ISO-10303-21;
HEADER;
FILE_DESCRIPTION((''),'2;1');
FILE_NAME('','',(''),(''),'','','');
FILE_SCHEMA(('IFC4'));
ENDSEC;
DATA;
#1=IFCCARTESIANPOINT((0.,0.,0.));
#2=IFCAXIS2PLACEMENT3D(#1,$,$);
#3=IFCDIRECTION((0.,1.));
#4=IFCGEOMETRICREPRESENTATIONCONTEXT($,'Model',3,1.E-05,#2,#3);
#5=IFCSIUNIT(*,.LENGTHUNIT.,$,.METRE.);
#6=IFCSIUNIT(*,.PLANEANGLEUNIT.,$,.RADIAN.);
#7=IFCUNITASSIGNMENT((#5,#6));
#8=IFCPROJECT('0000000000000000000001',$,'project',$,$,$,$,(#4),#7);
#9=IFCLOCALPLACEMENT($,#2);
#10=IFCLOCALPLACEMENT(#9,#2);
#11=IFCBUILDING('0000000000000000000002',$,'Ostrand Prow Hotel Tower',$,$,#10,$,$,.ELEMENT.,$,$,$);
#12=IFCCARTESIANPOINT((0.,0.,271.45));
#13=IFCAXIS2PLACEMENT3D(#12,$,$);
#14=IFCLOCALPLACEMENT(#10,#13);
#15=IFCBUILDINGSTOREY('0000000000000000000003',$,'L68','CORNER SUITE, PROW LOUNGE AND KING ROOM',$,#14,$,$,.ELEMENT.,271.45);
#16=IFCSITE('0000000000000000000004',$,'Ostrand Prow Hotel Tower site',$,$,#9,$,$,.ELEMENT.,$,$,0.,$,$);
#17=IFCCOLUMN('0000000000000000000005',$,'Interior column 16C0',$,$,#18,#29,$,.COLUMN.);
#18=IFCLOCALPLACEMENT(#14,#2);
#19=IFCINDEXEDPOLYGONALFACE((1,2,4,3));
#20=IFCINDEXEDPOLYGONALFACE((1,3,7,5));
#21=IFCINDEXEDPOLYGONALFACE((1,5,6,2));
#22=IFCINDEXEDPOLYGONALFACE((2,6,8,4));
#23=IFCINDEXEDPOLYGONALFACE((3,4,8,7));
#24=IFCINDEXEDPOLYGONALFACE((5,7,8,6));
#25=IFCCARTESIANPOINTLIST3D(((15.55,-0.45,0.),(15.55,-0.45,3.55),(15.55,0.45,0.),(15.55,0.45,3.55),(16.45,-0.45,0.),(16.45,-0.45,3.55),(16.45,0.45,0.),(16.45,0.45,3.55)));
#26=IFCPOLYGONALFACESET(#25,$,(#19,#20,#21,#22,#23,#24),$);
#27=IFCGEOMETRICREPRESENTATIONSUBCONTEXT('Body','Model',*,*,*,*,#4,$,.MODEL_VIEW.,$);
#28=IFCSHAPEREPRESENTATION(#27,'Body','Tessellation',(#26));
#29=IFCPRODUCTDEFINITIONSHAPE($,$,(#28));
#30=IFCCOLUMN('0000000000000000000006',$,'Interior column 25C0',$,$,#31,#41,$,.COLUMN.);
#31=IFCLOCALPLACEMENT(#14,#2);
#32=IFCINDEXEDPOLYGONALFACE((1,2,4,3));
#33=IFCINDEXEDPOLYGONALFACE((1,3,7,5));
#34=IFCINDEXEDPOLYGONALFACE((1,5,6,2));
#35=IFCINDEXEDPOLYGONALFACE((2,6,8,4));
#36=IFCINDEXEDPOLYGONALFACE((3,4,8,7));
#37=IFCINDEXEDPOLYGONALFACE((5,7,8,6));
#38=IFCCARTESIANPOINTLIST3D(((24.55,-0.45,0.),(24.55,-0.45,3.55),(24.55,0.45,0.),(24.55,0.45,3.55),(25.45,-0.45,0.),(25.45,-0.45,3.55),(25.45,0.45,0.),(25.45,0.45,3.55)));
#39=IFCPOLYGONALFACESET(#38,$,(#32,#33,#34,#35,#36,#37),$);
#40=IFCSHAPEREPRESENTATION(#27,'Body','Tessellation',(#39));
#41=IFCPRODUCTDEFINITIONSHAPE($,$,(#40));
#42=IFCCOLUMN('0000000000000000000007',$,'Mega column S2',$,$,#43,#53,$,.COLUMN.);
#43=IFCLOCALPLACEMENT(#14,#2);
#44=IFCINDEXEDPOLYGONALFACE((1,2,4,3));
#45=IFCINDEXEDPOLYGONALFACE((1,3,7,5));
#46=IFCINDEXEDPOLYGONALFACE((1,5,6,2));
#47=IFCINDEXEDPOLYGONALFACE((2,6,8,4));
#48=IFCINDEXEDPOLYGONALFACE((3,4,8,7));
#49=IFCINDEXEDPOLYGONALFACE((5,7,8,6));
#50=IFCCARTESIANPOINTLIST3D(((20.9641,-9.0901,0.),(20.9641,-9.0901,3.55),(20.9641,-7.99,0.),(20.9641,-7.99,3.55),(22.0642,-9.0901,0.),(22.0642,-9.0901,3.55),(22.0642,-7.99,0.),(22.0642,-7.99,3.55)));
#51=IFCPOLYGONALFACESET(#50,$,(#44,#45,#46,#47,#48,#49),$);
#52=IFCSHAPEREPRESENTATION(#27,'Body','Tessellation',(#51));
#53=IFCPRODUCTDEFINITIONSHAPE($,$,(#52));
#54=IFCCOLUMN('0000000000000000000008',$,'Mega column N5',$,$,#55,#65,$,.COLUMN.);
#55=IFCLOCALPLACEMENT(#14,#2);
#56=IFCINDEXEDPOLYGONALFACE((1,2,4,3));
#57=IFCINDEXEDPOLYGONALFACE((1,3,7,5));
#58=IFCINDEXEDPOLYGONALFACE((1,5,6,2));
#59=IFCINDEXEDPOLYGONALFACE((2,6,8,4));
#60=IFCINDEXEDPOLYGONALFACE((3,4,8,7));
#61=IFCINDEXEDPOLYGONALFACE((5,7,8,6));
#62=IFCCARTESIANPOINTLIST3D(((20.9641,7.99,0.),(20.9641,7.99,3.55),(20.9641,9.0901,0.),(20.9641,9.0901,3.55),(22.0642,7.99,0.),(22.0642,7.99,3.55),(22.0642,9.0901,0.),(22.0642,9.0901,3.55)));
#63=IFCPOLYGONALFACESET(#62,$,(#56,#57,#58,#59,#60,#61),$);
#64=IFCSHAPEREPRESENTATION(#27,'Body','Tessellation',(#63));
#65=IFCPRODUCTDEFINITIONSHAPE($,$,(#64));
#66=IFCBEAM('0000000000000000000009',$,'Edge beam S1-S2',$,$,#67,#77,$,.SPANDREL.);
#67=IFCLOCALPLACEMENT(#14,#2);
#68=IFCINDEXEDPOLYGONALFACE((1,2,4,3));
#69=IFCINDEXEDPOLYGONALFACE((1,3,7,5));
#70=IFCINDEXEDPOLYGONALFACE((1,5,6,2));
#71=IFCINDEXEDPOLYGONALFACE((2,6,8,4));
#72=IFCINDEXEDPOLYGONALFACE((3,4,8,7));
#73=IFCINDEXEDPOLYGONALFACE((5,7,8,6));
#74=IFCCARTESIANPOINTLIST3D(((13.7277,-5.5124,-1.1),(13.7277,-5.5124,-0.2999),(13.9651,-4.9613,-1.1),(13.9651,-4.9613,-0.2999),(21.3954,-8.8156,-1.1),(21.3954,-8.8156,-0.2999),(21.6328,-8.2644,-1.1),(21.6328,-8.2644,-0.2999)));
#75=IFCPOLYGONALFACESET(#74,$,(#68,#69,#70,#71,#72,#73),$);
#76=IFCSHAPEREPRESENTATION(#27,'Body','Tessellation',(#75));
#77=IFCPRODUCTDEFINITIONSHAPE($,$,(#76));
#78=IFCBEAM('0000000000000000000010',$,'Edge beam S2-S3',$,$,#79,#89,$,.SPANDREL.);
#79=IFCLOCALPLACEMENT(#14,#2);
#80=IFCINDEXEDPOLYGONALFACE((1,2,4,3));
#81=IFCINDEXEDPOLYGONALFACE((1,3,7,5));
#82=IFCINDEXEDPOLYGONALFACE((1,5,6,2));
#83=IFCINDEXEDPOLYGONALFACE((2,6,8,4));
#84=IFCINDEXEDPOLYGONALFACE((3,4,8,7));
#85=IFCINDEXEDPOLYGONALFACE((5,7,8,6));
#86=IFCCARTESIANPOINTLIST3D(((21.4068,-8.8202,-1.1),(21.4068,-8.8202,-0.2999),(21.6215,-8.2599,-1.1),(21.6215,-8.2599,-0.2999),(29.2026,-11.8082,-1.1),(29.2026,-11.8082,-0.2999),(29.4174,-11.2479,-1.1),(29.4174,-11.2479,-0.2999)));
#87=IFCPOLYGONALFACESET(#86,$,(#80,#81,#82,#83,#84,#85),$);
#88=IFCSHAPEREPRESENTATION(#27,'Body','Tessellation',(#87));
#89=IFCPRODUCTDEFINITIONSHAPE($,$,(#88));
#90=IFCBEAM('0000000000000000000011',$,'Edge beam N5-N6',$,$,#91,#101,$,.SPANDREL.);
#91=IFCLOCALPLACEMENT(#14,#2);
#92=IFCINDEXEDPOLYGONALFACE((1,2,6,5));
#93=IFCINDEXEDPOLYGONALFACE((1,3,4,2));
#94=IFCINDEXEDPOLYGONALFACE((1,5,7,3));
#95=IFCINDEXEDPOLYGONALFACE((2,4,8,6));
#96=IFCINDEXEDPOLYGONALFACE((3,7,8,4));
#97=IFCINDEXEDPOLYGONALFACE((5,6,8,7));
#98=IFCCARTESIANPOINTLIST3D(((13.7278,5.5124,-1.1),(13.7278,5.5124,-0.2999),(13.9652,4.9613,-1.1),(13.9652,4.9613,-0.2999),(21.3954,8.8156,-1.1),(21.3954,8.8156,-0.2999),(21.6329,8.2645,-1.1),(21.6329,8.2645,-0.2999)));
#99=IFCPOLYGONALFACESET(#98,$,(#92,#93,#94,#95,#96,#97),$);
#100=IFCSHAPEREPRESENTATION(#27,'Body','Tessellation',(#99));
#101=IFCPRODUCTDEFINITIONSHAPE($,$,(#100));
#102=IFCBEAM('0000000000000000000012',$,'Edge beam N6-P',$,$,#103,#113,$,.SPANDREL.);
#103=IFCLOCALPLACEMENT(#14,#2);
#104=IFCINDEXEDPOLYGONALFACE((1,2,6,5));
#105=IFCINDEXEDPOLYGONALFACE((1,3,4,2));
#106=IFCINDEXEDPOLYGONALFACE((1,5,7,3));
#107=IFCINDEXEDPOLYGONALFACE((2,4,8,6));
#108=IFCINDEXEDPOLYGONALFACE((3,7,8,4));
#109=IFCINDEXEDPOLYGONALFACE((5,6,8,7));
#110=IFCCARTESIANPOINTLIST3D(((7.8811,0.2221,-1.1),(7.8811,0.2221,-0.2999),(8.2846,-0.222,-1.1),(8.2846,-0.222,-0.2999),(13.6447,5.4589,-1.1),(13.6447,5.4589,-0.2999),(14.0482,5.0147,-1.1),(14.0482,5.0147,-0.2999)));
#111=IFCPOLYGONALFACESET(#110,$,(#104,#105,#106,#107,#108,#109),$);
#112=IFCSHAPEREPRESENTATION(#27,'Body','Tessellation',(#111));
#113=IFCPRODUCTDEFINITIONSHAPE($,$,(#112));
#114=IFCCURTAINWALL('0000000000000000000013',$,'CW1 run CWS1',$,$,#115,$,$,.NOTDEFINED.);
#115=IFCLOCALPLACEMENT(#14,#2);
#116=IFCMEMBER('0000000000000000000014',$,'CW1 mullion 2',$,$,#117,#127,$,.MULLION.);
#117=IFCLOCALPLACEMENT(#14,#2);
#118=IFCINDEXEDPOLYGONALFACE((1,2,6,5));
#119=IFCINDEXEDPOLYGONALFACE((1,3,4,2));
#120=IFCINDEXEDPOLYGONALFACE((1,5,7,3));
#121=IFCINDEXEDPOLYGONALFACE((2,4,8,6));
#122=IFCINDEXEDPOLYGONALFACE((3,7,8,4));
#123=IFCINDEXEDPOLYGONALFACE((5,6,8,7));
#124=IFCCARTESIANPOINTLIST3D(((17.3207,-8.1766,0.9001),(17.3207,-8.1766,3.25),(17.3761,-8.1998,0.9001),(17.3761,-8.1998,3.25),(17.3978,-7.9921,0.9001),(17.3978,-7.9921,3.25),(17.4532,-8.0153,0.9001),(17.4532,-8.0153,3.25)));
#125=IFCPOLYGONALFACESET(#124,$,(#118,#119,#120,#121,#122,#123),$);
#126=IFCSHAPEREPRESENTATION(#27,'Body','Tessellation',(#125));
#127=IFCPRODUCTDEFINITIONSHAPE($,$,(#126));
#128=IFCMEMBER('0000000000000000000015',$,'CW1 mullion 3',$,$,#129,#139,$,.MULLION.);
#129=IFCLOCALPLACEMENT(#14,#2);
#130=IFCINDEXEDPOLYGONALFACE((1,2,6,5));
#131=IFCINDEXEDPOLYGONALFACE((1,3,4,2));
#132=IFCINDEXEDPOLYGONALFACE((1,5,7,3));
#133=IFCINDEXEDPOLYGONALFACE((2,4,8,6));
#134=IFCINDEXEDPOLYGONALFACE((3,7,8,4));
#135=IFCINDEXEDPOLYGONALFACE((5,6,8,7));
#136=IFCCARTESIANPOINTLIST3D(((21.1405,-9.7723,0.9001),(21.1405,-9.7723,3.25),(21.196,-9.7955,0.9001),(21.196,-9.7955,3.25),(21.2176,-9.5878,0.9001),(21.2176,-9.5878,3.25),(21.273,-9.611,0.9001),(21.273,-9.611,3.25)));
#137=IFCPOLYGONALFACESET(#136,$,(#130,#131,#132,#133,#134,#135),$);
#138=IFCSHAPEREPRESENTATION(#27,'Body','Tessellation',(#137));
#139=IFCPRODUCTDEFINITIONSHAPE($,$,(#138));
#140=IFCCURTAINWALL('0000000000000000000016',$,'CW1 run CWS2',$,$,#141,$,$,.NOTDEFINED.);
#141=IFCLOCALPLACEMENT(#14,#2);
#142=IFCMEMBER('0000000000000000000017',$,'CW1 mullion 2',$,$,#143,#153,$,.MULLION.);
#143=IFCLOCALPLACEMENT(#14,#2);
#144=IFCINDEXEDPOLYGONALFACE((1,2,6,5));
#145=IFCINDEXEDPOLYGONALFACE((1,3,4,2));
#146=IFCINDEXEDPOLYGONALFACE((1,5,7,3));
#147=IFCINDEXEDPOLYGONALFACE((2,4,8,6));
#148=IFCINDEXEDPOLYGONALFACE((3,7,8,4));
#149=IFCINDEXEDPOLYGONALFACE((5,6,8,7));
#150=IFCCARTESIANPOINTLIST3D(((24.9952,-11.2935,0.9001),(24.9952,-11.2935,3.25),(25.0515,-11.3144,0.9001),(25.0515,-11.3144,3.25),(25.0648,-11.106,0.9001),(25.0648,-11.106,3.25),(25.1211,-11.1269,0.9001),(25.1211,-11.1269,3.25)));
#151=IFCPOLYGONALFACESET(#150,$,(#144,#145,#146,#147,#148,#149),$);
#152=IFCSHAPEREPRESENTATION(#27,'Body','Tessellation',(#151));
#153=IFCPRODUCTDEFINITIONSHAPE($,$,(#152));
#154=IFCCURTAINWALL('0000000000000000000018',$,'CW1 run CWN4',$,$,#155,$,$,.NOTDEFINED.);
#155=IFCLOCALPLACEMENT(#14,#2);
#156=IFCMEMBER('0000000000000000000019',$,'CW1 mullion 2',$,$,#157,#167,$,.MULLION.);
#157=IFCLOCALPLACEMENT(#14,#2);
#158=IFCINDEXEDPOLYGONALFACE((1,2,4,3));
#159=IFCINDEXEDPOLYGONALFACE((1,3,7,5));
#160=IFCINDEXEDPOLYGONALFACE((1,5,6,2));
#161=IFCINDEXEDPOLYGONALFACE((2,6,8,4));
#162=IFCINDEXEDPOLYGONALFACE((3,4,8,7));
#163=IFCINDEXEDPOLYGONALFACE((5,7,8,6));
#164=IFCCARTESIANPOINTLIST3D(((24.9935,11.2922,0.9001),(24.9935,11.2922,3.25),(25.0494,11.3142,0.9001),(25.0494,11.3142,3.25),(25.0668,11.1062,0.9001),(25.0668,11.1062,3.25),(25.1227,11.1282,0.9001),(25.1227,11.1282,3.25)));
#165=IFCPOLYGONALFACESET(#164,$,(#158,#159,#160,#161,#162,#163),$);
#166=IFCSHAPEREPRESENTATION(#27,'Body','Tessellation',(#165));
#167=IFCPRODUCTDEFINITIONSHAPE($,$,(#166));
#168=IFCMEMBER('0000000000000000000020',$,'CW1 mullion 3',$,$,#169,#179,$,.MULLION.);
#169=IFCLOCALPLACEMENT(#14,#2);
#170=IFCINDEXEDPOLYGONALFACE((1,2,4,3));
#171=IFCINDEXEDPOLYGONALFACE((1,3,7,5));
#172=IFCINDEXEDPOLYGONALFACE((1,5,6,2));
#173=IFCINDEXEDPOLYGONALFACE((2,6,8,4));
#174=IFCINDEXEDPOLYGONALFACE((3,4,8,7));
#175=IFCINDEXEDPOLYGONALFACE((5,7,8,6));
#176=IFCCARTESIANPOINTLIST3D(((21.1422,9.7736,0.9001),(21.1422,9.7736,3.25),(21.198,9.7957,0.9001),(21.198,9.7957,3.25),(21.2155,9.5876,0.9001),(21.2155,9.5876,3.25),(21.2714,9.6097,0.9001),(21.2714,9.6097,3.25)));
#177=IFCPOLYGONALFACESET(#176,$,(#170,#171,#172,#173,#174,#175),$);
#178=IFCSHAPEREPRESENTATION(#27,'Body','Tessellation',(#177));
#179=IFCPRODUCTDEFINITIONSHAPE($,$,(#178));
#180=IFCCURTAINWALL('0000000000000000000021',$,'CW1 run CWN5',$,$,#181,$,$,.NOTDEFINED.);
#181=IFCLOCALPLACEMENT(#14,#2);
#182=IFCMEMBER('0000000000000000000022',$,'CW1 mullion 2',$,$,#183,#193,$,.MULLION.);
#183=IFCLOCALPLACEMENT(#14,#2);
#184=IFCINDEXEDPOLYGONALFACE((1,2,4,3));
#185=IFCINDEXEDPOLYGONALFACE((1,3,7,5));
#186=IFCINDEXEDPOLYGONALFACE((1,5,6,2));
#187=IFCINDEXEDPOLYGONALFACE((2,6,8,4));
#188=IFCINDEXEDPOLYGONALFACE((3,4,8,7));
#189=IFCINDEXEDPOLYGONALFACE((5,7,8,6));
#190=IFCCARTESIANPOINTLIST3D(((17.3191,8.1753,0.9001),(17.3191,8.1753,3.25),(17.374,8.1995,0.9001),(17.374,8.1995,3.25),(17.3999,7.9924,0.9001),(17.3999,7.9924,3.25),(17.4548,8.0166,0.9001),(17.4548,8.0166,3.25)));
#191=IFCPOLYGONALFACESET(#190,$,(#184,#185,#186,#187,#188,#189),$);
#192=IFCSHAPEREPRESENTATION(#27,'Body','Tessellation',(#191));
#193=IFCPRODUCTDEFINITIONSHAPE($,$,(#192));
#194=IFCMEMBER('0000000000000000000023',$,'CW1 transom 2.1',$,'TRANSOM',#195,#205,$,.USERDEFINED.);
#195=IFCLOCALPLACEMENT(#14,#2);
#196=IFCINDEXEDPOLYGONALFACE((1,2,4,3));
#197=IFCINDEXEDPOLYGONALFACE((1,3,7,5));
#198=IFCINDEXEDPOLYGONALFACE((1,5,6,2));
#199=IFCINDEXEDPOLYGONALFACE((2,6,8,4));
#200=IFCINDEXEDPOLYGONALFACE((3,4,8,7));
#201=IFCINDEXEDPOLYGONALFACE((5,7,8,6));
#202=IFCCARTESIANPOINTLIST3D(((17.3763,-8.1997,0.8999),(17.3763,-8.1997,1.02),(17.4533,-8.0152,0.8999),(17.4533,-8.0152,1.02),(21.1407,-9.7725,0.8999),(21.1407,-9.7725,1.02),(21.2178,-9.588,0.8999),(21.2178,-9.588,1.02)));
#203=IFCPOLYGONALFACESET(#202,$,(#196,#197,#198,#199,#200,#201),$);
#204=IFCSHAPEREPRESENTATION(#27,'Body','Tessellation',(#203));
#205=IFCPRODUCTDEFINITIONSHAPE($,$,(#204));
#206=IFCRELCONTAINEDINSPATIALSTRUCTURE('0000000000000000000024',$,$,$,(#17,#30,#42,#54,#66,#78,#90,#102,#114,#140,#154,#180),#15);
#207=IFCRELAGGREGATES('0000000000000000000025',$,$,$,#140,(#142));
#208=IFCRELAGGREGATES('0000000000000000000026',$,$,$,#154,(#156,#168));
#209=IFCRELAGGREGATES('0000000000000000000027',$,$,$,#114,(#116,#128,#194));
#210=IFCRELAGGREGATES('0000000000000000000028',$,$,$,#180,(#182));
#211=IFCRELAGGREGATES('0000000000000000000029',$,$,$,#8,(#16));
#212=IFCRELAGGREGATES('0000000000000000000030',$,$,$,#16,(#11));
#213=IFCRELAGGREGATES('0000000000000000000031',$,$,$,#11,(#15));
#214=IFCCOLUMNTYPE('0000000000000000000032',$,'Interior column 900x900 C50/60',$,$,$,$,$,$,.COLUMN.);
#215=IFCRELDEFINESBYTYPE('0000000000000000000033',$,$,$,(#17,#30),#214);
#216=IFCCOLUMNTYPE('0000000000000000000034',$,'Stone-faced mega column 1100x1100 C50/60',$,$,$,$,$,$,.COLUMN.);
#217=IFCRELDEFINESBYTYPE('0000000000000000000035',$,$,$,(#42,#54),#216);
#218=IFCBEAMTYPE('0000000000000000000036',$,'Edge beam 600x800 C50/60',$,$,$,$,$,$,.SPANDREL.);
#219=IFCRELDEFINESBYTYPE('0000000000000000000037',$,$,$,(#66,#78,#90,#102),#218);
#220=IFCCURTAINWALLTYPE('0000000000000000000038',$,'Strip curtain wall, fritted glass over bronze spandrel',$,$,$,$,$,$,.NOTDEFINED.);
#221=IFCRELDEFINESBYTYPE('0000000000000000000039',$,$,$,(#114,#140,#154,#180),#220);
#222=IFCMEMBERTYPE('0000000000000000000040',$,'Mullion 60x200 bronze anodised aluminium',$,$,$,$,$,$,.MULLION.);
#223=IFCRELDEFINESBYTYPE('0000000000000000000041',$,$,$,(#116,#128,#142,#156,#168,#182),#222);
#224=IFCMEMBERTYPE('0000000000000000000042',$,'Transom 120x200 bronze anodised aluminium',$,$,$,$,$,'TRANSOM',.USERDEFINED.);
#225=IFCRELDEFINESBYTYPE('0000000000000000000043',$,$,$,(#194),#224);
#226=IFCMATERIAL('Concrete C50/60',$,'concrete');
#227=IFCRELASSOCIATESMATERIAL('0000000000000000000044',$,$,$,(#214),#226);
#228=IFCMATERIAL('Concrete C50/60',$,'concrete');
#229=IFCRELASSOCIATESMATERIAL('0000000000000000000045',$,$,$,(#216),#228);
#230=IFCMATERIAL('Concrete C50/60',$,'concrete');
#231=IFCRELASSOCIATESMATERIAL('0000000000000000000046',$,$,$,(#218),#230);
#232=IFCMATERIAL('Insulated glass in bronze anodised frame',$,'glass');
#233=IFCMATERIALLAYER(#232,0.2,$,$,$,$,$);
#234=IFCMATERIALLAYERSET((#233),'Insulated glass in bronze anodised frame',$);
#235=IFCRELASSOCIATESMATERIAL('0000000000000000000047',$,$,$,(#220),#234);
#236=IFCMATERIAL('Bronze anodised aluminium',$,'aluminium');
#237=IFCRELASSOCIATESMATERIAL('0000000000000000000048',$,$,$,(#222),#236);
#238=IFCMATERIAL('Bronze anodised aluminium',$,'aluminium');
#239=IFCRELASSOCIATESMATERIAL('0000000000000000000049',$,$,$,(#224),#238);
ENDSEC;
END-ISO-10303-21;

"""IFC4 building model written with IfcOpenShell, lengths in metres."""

from ifc_helpers import new_model, si_unit, direction, frame, origin, origin_2d, place, context, subcontext, project, spatial, rectangle, extrude, material, layer, layer_set, material_profile, profile_set, type_object, element, aggregate, save


model = new_model("IFC4")

# Units and contexts
model_context = context("Model", 3, precision=1e-05, world=origin(), true_north=direction((0.0, 1.0)))
body_context = subcontext(model_context, "Body", "Model", "MODEL_VIEW")
ifc_project = project(units=[si_unit("LENGTHUNIT", "METRE"), si_unit("PLANEANGLEUNIT", "RADIAN")], contexts=[model_context])

# Site, building, storey
site_placement = place(None, origin())
site = spatial("IfcSite", under=ifc_project, at=site_placement, Name="Ostrand Prow Hotel Tower site", CompositionType="ELEMENT", RefElevation=0.0)
building_placement = place(site_placement, origin())
building = spatial("IfcBuilding", under=site, at=building_placement, Name="Ostrand Prow Hotel Tower", CompositionType="ELEMENT")
storey_placement = place(building_placement, frame((0.0, 0.0, 271.45)))
storey = spatial("IfcBuildingStorey", under=building, at=storey_placement, Name="L68", Description="CORNER SUITE, PROW LOUNGE AND KING ROOM", CompositionType="ELEMENT", Elevation=271.45)

# Columns
ifc_material_1 = material(Name="Concrete C50/60", Category="concrete")
ifc_material_profile_1 = material_profile(ifc_material_1, rectangle(XDim=0.8999, YDim=0.8999, at=origin_2d()), Name="RC 900x900")
ifc_profile_set_1 = profile_set([ifc_material_profile_1], Name="Concrete C50/60")
column_type_1 = type_object("IfcColumnType", Name="Interior column 900x900 C50/60", PredefinedType="COLUMN", material=ifc_profile_set_1)
for number, where, z_axis, x_axis, name in (
    (1, (16.0, 0.0, 0.0), (0.0, 0.0, 1.0), (1.0, 0.0, 0.0), "Interior column 16C0"),
    (2, (25.0, 0.0, 0.0), (0.0, 0.0, 1.0), (1.0, 0.0, 0.0), "Interior column 25C0"),
):
    element("IfcColumn", number, at=place(storey_placement, frame(where, z_axis=z_axis, x_axis=x_axis)), inside=storey, type_object=column_type_1, Name=name, PredefinedType="COLUMN", context=body_context, shape_type="SweptSolid", body=[
        extrude(rectangle(XDim=0.8999, YDim=0.8999, at=origin_2d()), origin(), (0.0, 0.0, 1.0), 3.55),
    ])
ifc_material_2 = material(Name="Concrete C50/60", Category="concrete")
ifc_material_profile_2 = material_profile(ifc_material_2, rectangle(XDim=1.1001, YDim=1.1001, at=origin_2d()), Name="RC 1100x1100")
ifc_profile_set_2 = profile_set([ifc_material_profile_2], Name="Concrete C50/60")
column_type_2 = type_object("IfcColumnType", Name="Stone-faced mega column 1100x1100 C50/60", PredefinedType="COLUMN", material=ifc_profile_set_2)
for number, where, z_axis, x_axis, name in (
    (3, (21.5142, -8.54, 0.0), (0.0, 0.0, 1.0), (1.0, 0.0, 0.0), "Mega column S2"),
    (4, (21.5142, 8.54, 0.0), (0.0, 0.0, 1.0), (1.0, 0.0, 0.0), "Mega column N5"),
):
    element("IfcColumn", number, at=place(storey_placement, frame(where, z_axis=z_axis, x_axis=x_axis)), inside=storey, type_object=column_type_2, Name=name, PredefinedType="COLUMN", context=body_context, shape_type="SweptSolid", body=[
        extrude(rectangle(XDim=1.1001, YDim=1.1001, at=origin_2d()), origin(), (0.0, 0.0, 1.0), 3.55),
    ])

# Beams
ifc_material_3 = material(Name="Concrete C50/60", Category="concrete")
ifc_material_profile_3 = material_profile(ifc_material_3, rectangle(XDim=0.6001, YDim=0.8, at=origin_2d()), Name="RC 600x800")
ifc_profile_set_3 = profile_set([ifc_material_profile_3], Name="Concrete C50/60")
beam_type = type_object("IfcBeamType", Name="Edge beam 600x800 C50/60", PredefinedType="SPANDREL", material=ifc_profile_set_3)
for number, where, z_axis, x_axis, name in (
    (5, (13.8464, -5.2368, -0.7), (0.918404, -0.395644, 0.0), (0.395644, 0.918404, 0.0), "Edge beam S1-S2"),
    (6, (21.5142, -8.54, -0.7), (0.933762, -0.357895, 0.0), (0.357895, 0.933762, 0.0), "Edge beam S2-S3"),
    (7, (21.5142, 8.54, -0.7), (-0.918404, -0.395644, 0.0), (0.395644, -0.918404, 0.0), "Edge beam N5-N6"),
):
    element("IfcBeam", number, at=place(storey_placement, frame(where, z_axis=z_axis, x_axis=x_axis)), inside=storey, type_object=beam_type, Name=name, PredefinedType="SPANDREL", context=body_context, shape_type="SweptSolid", body=[
        extrude(rectangle(XDim=0.6001, YDim=0.8, at=origin_2d()), origin(), (0.0, 0.0, 1.0), 8.3489),
    ])
beam_placement = place(storey_placement, frame((13.8464, 5.2368, -0.7), z_axis=(-0.740124, -0.67247, 0.0), x_axis=(0.67247, -0.740124, 0.0)))
element("IfcBeam", 8, at=beam_placement, inside=storey, type_object=beam_type, Name="Edge beam N6-P", PredefinedType="SPANDREL", context=body_context, shape_type="SweptSolid", body=[
    extrude(rectangle(XDim=0.6001, YDim=0.8, at=origin_2d()), origin(), (0.0, 0.0, 1.0), 7.7874),
])

# Curtain wall, members
ifc_material_4 = material(Name="Insulated glass in bronze anodised frame", Category="glass")
ifc_layer_1 = layer(ifc_material_4, 0.2)
ifc_layer_set_1 = layer_set([ifc_layer_1], Name="Insulated glass in bronze anodised frame")
curtain_wall_type = type_object("IfcCurtainWallType", Name="Strip curtain wall, fritted glass over bronze spandrel", PredefinedType="NOTDEFINED", material=ifc_layer_set_1)
curtain_wall_1_placement = place(storey_placement, origin())
curtain_wall_1 = element("IfcCurtainWall", 9, at=curtain_wall_1_placement, inside=storey, type_object=curtain_wall_type, Name="CW1 run CWS1", PredefinedType="NOTDEFINED")
ifc_material_5 = material(Name="Bronze anodised aluminium", Category="aluminium")
ifc_material_profile_4 = material_profile(ifc_material_5, rectangle(XDim=0.2, YDim=0.0601, at=origin_2d()), Name="Mullion 60x200 bronze anodised aluminium")
ifc_profile_set_4 = profile_set([ifc_material_profile_4], Name="Bronze anodised aluminium")
member_type_1 = type_object("IfcMemberType", Name="Mullion 60x200 bronze anodised aluminium", PredefinedType="MULLION", material=ifc_profile_set_4)
member_1_placement = place(storey_placement, frame((17.387, -8.0959, 0.9001), z_axis=(0.0, 0.0, 1.0), x_axis=(0.385471, 0.92272, 0.0)))
member_1 = element("IfcMember", 10, at=member_1_placement, type_object=member_type_1, Name="CW1 mullion 2", PredefinedType="MULLION", context=body_context, shape_type="SweptSolid", body=[
    extrude(rectangle(XDim=0.2, YDim=0.0601, at=origin_2d()), origin(), (0.0, 0.0, 1.0), 2.3499),
])
member_2_placement = place(storey_placement, frame((21.2068, -9.6917, 0.9001), z_axis=(0.0, 0.0, 1.0), x_axis=(0.385471, 0.92272, 0.0)))
member_2 = element("IfcMember", 11, at=member_2_placement, type_object=member_type_1, Name="CW1 mullion 3", PredefinedType="MULLION", context=body_context, shape_type="SweptSolid", body=[
    extrude(rectangle(XDim=0.2, YDim=0.0601, at=origin_2d()), origin(), (0.0, 0.0, 1.0), 2.3499),
])

# Curtain wall, member
curtain_wall_2_placement = place(storey_placement, origin())
curtain_wall_2 = element("IfcCurtainWall", 12, at=curtain_wall_2_placement, inside=storey, type_object=curtain_wall_type, Name="CW1 run CWS2", PredefinedType="NOTDEFINED")
member_3_placement = place(storey_placement, frame((25.0581, -11.2102, 0.9001), z_axis=(0.0, 0.0, 1.0), x_axis=(0.348071, 0.937468, 0.0)))
member_3 = element("IfcMember", 13, at=member_3_placement, type_object=member_type_1, Name="CW1 mullion 2", PredefinedType="MULLION", context=body_context, shape_type="SweptSolid", body=[
    extrude(rectangle(XDim=0.2, YDim=0.0601, at=origin_2d()), origin(), (0.0, 0.0, 1.0), 2.3499),
])

# Curtain wall, members
curtain_wall_3_placement = place(storey_placement, origin())
curtain_wall_3 = element("IfcCurtainWall", 14, at=curtain_wall_3_placement, inside=storey, type_object=curtain_wall_type, Name="CW1 run CWN4", PredefinedType="NOTDEFINED")
member_4_placement = place(storey_placement, frame((25.0581, 11.2102, 0.9001), z_axis=(0.0, 0.0, 1.0), x_axis=(0.366845, -0.930282, 0.0)))
member_4 = element("IfcMember", 15, at=member_4_placement, type_object=member_type_1, Name="CW1 mullion 2", PredefinedType="MULLION", context=body_context, shape_type="SweptSolid", body=[
    extrude(rectangle(XDim=0.2, YDim=0.0601, at=origin_2d()), origin(), (0.0, 0.0, 1.0), 2.3499),
])
member_5_placement = place(storey_placement, frame((21.2068, 9.6917, 0.9001), z_axis=(0.0, 0.0, 1.0), x_axis=(0.366845, -0.930282, 0.0)))
member_5 = element("IfcMember", 16, at=member_5_placement, type_object=member_type_1, Name="CW1 mullion 3", PredefinedType="MULLION", context=body_context, shape_type="SweptSolid", body=[
    extrude(rectangle(XDim=0.2, YDim=0.0601, at=origin_2d()), origin(), (0.0, 0.0, 1.0), 2.3499),
])

# Curtain wall, member
curtain_wall_4_placement = place(storey_placement, origin())
curtain_wall_4 = element("IfcCurtainWall", 17, at=curtain_wall_4_placement, inside=storey, type_object=curtain_wall_type, Name="CW1 run CWN5", PredefinedType="NOTDEFINED")
member_6_placement = place(storey_placement, frame((17.387, 8.0959, 0.9001), z_axis=(0.0, 0.0, 1.0), x_axis=(0.40394, -0.914786, 0.0)))
member_6 = element("IfcMember", 18, at=member_6_placement, type_object=member_type_1, Name="CW1 mullion 2", PredefinedType="MULLION", context=body_context, shape_type="SweptSolid", body=[
    extrude(rectangle(XDim=0.2, YDim=0.0601, at=origin_2d()), origin(), (0.0, 0.0, 1.0), 2.3499),
])

# Member
ifc_material_6 = material(Name="Bronze anodised aluminium", Category="aluminium")
ifc_material_profile_5 = material_profile(ifc_material_6, rectangle(XDim=0.2, YDim=0.1201, at=origin_2d()), Name="Transom 120x200 bronze anodised aluminium")
ifc_profile_set_5 = profile_set([ifc_material_profile_5], Name="Bronze anodised aluminium")
member_type_2 = type_object("IfcMemberType", Name="Transom 120x200 bronze anodised aluminium", ElementType="TRANSOM", PredefinedType="USERDEFINED", material=ifc_profile_set_5)
member_7_placement = place(storey_placement, frame((17.4148, -8.1074, 0.96), z_axis=(0.922706, -0.385503, 0.0), x_axis=(0.385503, 0.922706, 0.0)))
member_7 = element("IfcMember", 19, at=member_7_placement, type_object=member_type_2, Name="CW1 transom 2.1", ObjectType="TRANSOM", PredefinedType="USERDEFINED", context=body_context, shape_type="SweptSolid", body=[
    extrude(rectangle(XDim=0.2, YDim=0.1201, at=origin_2d()), origin(), (0.0, 0.0, 1.0), 4.0798),
])

aggregate(curtain_wall_2, [member_3])
aggregate(curtain_wall_3, [member_4, member_5])
aggregate(curtain_wall_1, [member_1, member_2, member_7])
aggregate(curtain_wall_4, [member_6])

save(model, "model.ifc")
